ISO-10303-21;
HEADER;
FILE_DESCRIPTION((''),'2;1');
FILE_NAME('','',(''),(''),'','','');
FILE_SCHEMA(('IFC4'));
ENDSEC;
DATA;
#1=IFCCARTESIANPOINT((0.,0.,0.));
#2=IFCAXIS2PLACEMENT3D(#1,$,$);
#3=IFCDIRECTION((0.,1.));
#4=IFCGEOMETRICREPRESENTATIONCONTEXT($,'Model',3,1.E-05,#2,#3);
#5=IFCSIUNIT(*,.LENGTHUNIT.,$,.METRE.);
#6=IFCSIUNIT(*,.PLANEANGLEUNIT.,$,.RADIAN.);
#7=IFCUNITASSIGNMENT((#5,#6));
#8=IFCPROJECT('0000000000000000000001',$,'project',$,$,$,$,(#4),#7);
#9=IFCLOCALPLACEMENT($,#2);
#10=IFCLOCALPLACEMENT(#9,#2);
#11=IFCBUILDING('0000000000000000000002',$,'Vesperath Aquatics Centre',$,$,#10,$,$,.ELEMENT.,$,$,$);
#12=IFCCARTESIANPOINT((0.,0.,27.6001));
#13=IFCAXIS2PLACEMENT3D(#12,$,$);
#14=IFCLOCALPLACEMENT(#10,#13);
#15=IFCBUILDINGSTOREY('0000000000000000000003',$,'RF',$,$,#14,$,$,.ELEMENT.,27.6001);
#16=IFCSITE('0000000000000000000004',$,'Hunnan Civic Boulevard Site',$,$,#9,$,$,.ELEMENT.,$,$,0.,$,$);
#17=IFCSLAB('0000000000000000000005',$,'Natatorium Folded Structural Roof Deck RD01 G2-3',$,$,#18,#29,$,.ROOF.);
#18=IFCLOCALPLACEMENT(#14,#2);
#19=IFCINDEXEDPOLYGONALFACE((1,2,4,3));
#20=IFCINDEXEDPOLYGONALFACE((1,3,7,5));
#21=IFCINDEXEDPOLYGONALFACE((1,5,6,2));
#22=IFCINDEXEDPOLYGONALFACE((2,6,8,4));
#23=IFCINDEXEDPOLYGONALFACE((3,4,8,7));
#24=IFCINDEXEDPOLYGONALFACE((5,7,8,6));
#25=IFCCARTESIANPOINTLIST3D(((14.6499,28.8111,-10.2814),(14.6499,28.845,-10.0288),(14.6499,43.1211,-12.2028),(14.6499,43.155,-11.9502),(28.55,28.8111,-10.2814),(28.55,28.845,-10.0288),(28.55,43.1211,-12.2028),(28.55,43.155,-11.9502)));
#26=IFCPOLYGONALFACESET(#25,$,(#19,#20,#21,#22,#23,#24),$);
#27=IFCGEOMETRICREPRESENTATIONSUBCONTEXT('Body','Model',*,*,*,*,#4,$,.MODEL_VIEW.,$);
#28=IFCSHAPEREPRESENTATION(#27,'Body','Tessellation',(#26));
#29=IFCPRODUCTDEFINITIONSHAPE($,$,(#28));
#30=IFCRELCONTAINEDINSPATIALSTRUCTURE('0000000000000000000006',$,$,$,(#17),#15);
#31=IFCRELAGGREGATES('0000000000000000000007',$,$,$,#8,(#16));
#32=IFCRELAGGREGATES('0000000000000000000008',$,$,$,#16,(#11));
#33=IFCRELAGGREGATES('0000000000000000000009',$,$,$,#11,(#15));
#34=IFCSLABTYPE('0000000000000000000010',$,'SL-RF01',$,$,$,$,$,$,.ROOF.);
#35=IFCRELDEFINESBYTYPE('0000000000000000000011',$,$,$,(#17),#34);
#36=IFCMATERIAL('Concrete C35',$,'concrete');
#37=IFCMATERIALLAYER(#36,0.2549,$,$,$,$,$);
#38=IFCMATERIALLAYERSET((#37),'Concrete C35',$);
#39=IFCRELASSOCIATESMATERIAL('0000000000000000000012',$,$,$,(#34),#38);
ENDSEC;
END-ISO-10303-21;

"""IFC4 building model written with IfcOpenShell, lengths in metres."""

from ifc_helpers import new_model, si_unit, direction, frame, origin, place, context, subcontext, project, spatial, polyline, outline, extrude, material, layer, layer_set, type_object, element, save


model = new_model("IFC4")

# Units and contexts
model_context = context("Model", 3, precision=1e-05, world=origin(), true_north=direction((0.0, 1.0)))
body_context = subcontext(model_context, "Body", "Model", "MODEL_VIEW")
ifc_project = project(units=[si_unit("LENGTHUNIT", "METRE"), si_unit("PLANEANGLEUNIT", "RADIAN")], contexts=[model_context])

# Site, building, storey
site_placement = place(None, origin())
site = spatial("IfcSite", under=ifc_project, at=site_placement, Name="Hunnan Civic Boulevard Site", CompositionType="ELEMENT", RefElevation=0.0)
building_placement = place(site_placement, origin())
building = spatial("IfcBuilding", under=site, at=building_placement, Name="Vesperath Aquatics Centre", CompositionType="ELEMENT")
storey_placement = place(building_placement, frame((0.0, 0.0, 27.6001)))
storey = spatial("IfcBuildingStorey", under=building, at=storey_placement, Name="RF", CompositionType="ELEMENT", Elevation=27.6001)

# Slab
ifc_material_1 = material(Name="Concrete C35", Category="concrete")
ifc_layer_1 = layer(ifc_material_1, 0.2549)
ifc_layer_set_1 = layer_set([ifc_layer_1], Name="Concrete C35")
slab_type = type_object("IfcSlabType", Name="SL-RF01", PredefinedType="ROOF", material=ifc_layer_set_1)
slab_placement = place(storey_placement, frame((14.6499, 28.845, -10.0288), z_axis=(0.0, 0.133074, 0.991106), x_axis=(1.0, 0.0, 0.0)))
element("IfcSlab", 1, at=slab_placement, inside=storey, type_object=slab_type, Name="Natatorium Folded Structural Roof Deck RD01 G2-3", PredefinedType="ROOF", context=body_context, shape_type="SweptSolid", body=[
    extrude(outline(polyline([(0.0, 0.0), (13.9001, 0.0), (13.9001, 14.4385), (0.0, 14.4385), (0.0, 0.0)])), origin(), (0.0, 0.0, -1.0), 0.2549),
])

save(model, "model.ifc")
